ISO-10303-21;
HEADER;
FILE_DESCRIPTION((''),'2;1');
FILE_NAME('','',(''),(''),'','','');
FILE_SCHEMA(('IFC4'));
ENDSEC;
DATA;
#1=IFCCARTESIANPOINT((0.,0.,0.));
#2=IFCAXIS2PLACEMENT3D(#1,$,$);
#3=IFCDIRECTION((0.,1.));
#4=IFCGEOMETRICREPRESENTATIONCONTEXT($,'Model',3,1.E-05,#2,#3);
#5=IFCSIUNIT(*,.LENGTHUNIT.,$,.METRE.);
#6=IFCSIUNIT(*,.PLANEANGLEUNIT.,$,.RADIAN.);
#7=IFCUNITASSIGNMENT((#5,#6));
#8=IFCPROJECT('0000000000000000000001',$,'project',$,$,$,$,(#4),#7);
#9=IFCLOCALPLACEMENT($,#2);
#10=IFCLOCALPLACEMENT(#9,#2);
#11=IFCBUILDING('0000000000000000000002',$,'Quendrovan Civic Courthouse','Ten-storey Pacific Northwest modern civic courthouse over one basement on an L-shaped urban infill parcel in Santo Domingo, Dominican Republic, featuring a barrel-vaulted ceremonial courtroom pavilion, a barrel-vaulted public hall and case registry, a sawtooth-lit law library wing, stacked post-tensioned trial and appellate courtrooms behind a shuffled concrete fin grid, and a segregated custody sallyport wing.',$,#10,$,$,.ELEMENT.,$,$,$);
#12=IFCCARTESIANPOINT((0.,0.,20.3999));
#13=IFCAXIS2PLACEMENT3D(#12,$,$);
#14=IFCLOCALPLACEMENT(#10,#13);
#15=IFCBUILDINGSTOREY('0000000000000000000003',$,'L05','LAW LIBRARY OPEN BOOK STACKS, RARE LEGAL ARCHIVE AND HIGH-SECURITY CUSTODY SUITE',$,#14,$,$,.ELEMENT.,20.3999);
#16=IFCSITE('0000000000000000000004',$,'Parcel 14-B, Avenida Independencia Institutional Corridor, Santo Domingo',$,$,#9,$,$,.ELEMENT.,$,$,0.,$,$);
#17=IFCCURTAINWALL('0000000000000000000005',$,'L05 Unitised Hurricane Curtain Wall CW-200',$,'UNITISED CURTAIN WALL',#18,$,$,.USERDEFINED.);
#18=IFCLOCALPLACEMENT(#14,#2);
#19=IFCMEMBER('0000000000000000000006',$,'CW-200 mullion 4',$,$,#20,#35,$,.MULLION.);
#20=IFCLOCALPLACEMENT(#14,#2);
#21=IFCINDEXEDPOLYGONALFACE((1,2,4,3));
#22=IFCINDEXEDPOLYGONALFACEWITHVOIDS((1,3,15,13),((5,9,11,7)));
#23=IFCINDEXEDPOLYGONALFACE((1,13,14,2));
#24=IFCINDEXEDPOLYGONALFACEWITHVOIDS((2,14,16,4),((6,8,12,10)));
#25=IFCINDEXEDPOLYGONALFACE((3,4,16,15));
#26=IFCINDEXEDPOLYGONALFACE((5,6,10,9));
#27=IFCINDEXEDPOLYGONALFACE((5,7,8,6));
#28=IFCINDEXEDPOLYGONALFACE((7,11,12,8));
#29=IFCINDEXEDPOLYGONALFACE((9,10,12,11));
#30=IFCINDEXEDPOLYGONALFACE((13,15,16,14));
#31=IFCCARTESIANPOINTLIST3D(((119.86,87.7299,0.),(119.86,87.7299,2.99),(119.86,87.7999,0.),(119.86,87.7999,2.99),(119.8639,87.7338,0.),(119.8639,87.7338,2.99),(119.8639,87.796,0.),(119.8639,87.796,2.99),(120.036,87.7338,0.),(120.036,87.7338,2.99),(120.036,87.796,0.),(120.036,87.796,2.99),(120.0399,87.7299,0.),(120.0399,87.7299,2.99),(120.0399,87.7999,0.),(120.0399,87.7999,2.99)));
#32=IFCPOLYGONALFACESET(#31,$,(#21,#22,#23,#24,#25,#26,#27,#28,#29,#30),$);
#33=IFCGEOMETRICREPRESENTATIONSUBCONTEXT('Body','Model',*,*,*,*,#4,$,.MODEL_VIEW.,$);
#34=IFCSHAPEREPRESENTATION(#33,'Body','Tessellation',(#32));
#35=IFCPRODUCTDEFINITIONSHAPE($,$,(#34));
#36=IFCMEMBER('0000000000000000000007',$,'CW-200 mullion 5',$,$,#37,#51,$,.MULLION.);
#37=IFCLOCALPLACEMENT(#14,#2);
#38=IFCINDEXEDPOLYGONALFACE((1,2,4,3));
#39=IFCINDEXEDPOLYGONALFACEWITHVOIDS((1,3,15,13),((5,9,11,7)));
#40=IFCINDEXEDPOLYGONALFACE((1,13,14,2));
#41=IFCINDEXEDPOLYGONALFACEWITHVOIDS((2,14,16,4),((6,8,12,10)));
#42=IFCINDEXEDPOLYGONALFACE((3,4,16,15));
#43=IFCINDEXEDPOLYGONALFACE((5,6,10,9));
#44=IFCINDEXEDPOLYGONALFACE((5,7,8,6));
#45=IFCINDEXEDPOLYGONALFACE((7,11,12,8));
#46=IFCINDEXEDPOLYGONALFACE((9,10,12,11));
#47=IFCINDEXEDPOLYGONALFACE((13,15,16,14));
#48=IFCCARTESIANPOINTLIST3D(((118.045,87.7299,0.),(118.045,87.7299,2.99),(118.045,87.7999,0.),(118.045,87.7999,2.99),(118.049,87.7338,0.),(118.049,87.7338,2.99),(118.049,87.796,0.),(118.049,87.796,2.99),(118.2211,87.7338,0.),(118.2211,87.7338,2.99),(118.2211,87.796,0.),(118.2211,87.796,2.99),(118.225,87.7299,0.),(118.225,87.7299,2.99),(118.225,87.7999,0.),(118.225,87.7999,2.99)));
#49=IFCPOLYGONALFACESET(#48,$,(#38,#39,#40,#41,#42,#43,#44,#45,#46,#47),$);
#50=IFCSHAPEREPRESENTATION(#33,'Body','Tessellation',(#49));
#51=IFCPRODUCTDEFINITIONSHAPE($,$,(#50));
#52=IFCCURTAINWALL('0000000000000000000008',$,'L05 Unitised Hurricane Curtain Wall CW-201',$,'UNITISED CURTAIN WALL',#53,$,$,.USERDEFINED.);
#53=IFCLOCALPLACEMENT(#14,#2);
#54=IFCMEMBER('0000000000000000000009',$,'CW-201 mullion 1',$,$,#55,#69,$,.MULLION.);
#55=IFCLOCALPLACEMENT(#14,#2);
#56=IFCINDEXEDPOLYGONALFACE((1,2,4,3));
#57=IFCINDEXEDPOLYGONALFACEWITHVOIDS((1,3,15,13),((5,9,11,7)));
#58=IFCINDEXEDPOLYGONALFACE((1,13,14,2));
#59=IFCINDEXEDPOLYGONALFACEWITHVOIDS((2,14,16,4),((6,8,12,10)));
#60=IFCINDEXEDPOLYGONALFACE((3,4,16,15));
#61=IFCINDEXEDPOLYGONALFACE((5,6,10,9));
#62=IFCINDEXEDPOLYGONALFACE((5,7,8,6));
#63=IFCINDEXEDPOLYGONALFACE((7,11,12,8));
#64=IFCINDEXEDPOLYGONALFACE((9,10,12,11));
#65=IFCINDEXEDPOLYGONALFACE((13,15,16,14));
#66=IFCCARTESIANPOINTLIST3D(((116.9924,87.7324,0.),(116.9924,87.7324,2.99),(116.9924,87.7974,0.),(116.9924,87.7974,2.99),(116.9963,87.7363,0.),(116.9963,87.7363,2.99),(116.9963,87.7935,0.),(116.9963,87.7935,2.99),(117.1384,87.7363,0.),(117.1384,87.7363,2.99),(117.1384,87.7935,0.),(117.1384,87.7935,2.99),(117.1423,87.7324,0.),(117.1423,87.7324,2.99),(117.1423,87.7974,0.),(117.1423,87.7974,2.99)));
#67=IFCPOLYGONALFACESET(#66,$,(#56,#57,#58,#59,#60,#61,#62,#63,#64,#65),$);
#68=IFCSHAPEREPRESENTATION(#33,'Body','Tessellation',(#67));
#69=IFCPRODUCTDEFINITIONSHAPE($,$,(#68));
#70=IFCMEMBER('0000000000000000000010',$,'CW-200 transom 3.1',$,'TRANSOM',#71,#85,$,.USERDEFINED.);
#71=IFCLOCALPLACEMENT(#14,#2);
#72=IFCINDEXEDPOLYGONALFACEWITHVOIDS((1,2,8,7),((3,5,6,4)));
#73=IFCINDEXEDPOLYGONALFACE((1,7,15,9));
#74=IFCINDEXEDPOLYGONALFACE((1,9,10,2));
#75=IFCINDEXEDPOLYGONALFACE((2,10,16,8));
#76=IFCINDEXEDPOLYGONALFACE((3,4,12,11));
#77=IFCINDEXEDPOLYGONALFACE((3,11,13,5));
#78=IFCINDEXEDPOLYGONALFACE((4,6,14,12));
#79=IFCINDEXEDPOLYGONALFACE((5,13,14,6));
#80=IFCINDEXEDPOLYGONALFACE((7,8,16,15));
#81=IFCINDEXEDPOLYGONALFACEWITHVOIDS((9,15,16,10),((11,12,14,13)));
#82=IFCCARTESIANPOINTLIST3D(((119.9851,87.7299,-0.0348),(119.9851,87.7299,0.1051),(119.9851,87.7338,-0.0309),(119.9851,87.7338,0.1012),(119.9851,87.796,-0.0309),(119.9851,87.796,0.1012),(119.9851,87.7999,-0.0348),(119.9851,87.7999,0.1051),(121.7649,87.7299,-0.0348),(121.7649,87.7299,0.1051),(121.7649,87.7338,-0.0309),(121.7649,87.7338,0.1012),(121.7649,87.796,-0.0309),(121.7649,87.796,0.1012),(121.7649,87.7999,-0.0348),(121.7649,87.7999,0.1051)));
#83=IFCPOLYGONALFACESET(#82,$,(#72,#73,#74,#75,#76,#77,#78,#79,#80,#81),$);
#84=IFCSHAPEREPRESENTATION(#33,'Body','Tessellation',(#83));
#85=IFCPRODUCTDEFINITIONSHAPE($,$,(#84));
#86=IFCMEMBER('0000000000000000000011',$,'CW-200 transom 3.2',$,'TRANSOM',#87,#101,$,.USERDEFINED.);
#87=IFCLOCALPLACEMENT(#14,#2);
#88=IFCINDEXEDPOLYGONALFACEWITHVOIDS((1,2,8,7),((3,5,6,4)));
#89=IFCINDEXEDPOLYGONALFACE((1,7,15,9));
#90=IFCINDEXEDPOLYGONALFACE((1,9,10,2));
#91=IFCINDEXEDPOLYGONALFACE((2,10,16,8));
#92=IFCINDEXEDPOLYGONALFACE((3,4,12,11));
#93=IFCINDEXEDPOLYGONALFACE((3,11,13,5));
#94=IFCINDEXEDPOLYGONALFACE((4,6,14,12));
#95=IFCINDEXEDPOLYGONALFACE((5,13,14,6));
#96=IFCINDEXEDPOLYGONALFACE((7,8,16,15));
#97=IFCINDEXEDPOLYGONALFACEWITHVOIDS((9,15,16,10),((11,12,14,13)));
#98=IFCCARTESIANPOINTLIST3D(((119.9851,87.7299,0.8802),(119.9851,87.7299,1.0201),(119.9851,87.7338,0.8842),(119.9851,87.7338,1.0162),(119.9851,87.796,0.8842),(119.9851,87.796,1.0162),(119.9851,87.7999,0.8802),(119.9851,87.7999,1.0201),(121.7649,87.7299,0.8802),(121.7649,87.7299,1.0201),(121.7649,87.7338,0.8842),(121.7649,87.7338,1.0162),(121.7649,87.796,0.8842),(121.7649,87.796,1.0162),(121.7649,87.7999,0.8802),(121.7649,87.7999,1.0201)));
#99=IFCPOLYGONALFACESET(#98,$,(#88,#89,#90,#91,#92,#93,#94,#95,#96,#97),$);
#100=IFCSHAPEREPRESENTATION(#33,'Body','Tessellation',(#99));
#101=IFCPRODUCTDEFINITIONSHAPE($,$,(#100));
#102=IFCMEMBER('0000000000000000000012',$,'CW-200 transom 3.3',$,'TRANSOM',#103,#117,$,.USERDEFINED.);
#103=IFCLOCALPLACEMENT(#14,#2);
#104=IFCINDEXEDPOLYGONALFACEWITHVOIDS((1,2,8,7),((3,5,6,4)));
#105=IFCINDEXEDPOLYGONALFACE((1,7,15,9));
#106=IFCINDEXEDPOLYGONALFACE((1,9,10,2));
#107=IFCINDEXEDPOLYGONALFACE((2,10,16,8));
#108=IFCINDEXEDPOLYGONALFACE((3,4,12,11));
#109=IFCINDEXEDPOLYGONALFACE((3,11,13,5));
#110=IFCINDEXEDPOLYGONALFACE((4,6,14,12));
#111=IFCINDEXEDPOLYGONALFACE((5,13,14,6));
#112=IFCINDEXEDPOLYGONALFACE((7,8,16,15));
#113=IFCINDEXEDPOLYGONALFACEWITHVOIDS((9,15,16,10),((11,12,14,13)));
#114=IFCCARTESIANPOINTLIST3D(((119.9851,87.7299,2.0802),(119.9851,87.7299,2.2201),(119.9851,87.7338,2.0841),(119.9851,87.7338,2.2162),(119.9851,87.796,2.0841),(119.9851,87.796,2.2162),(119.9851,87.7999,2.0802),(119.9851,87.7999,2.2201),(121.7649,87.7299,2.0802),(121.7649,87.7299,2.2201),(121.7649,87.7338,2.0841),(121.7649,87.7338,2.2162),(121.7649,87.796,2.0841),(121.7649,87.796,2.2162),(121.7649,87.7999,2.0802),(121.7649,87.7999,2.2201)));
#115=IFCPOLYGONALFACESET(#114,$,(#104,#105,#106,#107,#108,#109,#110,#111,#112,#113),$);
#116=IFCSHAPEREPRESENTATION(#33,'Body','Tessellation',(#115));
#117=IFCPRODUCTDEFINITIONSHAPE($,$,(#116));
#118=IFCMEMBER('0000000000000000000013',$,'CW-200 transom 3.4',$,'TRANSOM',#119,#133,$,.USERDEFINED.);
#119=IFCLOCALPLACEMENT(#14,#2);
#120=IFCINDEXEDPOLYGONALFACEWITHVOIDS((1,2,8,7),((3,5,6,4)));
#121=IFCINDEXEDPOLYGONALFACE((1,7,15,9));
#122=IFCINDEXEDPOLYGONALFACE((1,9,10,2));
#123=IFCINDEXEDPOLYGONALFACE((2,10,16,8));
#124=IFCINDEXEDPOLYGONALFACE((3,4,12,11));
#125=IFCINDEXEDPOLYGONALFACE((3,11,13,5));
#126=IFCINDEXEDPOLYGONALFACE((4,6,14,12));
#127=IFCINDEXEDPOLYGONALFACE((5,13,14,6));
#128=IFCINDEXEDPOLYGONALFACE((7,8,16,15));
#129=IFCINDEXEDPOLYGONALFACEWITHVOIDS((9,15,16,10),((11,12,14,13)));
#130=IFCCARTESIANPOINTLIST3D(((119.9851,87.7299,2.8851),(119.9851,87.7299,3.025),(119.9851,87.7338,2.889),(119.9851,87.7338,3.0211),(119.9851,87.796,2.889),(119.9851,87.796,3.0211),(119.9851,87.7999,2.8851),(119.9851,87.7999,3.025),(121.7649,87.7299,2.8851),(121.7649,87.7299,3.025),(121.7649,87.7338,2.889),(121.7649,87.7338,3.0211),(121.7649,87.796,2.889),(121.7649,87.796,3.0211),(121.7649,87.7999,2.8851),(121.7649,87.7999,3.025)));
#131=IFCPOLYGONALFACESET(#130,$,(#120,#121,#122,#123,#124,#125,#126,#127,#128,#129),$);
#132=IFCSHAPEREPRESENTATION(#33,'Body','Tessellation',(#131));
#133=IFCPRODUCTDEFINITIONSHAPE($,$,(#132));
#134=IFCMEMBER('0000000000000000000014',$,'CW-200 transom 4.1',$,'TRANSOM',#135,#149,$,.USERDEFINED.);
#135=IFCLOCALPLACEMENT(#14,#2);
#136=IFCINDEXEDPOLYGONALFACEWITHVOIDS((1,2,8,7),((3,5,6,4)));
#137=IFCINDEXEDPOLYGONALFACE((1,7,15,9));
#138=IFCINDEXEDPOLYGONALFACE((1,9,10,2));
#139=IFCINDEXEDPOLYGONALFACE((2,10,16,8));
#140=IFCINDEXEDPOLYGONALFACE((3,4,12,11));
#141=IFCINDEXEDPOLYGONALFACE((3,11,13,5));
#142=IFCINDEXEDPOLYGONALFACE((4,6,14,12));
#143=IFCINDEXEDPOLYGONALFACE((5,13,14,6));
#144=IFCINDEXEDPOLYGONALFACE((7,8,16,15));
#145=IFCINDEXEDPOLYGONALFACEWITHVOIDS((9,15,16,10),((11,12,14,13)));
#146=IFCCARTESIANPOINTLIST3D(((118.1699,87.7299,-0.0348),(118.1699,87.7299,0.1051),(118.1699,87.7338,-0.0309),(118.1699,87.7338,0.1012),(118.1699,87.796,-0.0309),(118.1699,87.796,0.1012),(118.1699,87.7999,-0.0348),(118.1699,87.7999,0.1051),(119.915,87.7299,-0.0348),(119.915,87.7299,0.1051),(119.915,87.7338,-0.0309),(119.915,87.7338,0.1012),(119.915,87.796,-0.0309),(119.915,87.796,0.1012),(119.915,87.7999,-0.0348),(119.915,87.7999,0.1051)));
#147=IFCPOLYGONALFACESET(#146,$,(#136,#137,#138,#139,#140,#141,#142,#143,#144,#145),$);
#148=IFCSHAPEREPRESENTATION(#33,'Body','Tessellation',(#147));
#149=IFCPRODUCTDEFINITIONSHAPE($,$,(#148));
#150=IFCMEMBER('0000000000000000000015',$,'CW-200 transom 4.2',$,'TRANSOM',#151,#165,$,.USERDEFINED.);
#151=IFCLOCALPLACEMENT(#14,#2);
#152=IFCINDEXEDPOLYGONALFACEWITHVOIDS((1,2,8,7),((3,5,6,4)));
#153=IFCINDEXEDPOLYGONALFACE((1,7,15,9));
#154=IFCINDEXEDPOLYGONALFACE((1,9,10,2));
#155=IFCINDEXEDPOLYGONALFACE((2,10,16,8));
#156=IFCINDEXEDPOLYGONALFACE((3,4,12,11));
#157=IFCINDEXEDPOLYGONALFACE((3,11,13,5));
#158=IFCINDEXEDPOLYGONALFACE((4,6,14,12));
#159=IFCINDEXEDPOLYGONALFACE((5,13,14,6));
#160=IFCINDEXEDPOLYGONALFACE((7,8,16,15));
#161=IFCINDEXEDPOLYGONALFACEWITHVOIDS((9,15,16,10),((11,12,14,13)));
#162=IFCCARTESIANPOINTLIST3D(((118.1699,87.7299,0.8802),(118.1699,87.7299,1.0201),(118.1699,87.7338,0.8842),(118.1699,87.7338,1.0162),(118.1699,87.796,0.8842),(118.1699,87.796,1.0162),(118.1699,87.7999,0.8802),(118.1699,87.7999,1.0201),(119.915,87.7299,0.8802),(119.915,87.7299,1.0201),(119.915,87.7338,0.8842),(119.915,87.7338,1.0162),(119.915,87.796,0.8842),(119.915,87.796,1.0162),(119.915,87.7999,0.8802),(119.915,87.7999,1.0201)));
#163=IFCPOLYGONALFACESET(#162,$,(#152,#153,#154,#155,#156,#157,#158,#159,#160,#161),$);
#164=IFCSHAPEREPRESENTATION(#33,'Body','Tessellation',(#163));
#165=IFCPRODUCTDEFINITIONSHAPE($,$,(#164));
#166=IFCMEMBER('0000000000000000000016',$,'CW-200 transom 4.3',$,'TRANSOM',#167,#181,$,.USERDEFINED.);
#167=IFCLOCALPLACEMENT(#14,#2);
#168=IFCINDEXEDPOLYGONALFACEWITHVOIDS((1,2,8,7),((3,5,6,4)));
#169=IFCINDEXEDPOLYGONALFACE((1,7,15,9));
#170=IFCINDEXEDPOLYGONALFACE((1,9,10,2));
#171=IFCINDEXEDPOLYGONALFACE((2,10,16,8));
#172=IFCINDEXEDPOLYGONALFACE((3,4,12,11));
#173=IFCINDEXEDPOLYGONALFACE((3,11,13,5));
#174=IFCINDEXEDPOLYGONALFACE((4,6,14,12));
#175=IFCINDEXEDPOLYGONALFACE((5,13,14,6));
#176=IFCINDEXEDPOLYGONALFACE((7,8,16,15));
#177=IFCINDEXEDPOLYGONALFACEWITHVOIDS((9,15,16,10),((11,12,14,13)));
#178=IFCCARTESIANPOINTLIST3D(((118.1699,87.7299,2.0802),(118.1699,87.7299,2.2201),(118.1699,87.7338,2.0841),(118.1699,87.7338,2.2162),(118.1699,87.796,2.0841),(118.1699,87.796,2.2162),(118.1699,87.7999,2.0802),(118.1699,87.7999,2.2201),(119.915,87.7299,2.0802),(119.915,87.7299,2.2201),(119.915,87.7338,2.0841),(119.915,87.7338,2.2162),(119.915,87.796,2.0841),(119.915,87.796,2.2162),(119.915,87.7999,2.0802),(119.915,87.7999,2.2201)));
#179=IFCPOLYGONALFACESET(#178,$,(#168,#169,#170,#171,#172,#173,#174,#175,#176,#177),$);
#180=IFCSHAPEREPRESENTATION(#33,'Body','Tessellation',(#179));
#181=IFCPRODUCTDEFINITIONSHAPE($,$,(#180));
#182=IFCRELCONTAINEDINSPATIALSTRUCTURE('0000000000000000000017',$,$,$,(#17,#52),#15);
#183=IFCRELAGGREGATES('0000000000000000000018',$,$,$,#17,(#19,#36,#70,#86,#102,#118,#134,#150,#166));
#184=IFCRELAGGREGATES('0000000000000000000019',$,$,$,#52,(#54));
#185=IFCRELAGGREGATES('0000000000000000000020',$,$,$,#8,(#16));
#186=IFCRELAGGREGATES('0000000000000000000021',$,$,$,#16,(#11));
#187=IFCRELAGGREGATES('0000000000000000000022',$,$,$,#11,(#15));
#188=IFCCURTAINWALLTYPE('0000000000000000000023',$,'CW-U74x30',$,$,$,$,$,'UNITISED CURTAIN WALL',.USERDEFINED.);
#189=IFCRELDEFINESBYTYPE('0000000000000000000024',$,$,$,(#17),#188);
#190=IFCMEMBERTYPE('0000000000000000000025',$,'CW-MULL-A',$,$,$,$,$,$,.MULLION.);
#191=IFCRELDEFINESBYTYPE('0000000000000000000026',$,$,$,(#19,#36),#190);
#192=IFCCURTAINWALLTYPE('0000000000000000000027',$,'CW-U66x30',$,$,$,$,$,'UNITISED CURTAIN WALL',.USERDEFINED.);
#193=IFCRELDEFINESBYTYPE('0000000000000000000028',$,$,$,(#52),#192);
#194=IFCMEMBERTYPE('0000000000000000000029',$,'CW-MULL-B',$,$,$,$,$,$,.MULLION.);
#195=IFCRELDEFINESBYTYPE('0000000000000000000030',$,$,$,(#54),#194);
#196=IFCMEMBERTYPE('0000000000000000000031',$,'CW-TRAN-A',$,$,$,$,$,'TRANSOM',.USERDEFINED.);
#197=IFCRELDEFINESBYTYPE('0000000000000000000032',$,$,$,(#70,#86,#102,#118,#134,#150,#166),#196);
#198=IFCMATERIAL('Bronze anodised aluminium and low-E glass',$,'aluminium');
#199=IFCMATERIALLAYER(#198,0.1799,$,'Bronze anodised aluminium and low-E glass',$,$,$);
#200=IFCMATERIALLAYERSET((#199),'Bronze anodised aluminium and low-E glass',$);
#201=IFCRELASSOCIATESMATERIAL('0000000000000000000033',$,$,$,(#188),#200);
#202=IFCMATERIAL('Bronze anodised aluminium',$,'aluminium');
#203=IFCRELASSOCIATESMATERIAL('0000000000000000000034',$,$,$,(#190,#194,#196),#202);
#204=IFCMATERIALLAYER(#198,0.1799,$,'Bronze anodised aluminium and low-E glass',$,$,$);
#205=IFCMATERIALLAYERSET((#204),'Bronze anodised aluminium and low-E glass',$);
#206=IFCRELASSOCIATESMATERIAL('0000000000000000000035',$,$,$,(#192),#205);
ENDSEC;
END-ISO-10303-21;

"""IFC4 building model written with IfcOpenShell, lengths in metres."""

from ifc_helpers import new_model, si_unit, direction, frame, origin, origin_2d, place, context, subcontext, project, spatial, hollow_rectangle, extrude, material, layer, layer_set, material_profile, profile_set, type_object, element, aggregate, save


model = new_model("IFC4")

# Units and contexts
model_context = context("Model", 3, precision=1e-05, world=origin(), true_north=direction((0.0, 1.0)))
body_context = subcontext(model_context, "Body", "Model", "MODEL_VIEW")
ifc_project = project(units=[si_unit("LENGTHUNIT", "METRE"), si_unit("PLANEANGLEUNIT", "RADIAN")], contexts=[model_context])

# Site, building, storey
site_placement = place(None, origin())
site = spatial("IfcSite", under=ifc_project, at=site_placement, Name="Parcel 14-B, Avenida Independencia Institutional Corridor, Santo Domingo", CompositionType="ELEMENT", RefElevation=0.0)
building_placement = place(site_placement, origin())
building = spatial("IfcBuilding", under=site, at=building_placement, Name="Quendrovan Civic Courthouse", Description="Ten-storey Pacific Northwest modern civic courthouse over one basement on an L-shaped urban infill parcel in Santo Domingo, Dominican Republic, featuring a barrel-vaulted ceremonial courtroom pavilion, a barrel-vaulted public hall and case registry, a sawtooth-lit law library wing, stacked post-tensioned trial and appellate courtrooms behind a shuffled concrete fin grid, and a segregated custody sallyport wing.", CompositionType="ELEMENT")
storey_placement = place(building_placement, frame((0.0, 0.0, 20.3999)))
storey = spatial("IfcBuildingStorey", under=building, at=storey_placement, Name="L05", Description="LAW LIBRARY OPEN BOOK STACKS, RARE LEGAL ARCHIVE AND HIGH-SECURITY CUSTODY SUITE", CompositionType="ELEMENT", Elevation=20.3999)

# Curtain wall, members
ifc_material_1 = material(Name="Bronze anodised aluminium and low-E glass", Category="aluminium")
ifc_layer_1 = layer(ifc_material_1, 0.1799, Name="Bronze anodised aluminium and low-E glass")
ifc_layer_set_1 = layer_set([ifc_layer_1], Name="Bronze anodised aluminium and low-E glass")
curtain_wall_type_1 = type_object("IfcCurtainWallType", Name="CW-U74x30", ElementType="UNITISED CURTAIN WALL", PredefinedType="USERDEFINED", material=ifc_layer_set_1)
curtain_wall_1_placement = place(storey_placement, origin())
curtain_wall_1 = element("IfcCurtainWall", 1, at=curtain_wall_1_placement, inside=storey, type_object=curtain_wall_type_1, Name="L05 Unitised Hurricane Curtain Wall CW-200", ObjectType="UNITISED CURTAIN WALL", PredefinedType="USERDEFINED")
ifc_material_2 = material(Name="Bronze anodised aluminium", Category="aluminium")
ifc_material_profile_1 = material_profile(ifc_material_2, hollow_rectangle(XDim=0.0701, YDim=0.1799, WallThickness=0.0039, at=origin_2d()), Name="CW-MULL-70x180")
ifc_profile_set_1 = profile_set([ifc_material_profile_1], Name="Bronze anodised aluminium")
member_type_1 = type_object("IfcMemberType", Name="CW-MULL-A", PredefinedType="MULLION", material=ifc_profile_set_1)
member_1_placement = place(storey_placement, frame((119.95, 87.7649, 0.0), z_axis=(0.0, 0.0, 1.0), x_axis=(0.0, -1.0, 0.0)))
member_1 = element("IfcMember", 2, at=member_1_placement, type_object=member_type_1, Name="CW-200 mullion 4", PredefinedType="MULLION", context=body_context, shape_type="SweptSolid", body=[
    extrude(hollow_rectangle(XDim=0.0701, YDim=0.1799, WallThickness=0.0039, at=origin_2d()), origin(), (0.0, 0.0, 1.0), 2.99),
])
member_2_placement = place(storey_placement, frame((118.135, 87.7649, 0.0), z_axis=(0.0, 0.0, 1.0), x_axis=(0.0, -1.0, 0.0)))
member_2 = element("IfcMember", 3, at=member_2_placement, type_object=member_type_1, Name="CW-200 mullion 5", PredefinedType="MULLION", context=body_context, shape_type="SweptSolid", body=[
    extrude(hollow_rectangle(XDim=0.0701, YDim=0.1799, WallThickness=0.0039, at=origin_2d()), origin(), (0.0, 0.0, 1.0), 2.99),
])

# Curtain wall, member
ifc_layer_2 = layer(ifc_material_1, 0.1799, Name="Bronze anodised aluminium and low-E glass")
ifc_layer_set_2 = layer_set([ifc_layer_2], Name="Bronze anodised aluminium and low-E glass")
curtain_wall_type_2 = type_object("IfcCurtainWallType", Name="CW-U66x30", ElementType="UNITISED CURTAIN WALL", PredefinedType="USERDEFINED", material=ifc_layer_set_2)
curtain_wall_2_placement = place(storey_placement, origin())
curtain_wall_2 = element("IfcCurtainWall", 4, at=curtain_wall_2_placement, inside=storey, type_object=curtain_wall_type_2, Name="L05 Unitised Hurricane Curtain Wall CW-201", ObjectType="UNITISED CURTAIN WALL", PredefinedType="USERDEFINED")
ifc_material_profile_2 = material_profile(ifc_material_2, hollow_rectangle(XDim=0.0649, YDim=0.1499, WallThickness=0.0039, at=origin_2d()), Name="CW-MULL-65x150")
ifc_profile_set_2 = profile_set([ifc_material_profile_2], Name="Bronze anodised aluminium")
member_type_2 = type_object("IfcMemberType", Name="CW-MULL-B", PredefinedType="MULLION", material=ifc_profile_set_2)
member_3_placement = place(storey_placement, frame((117.0674, 87.7649, 0.0), z_axis=(0.0, 0.0, 1.0), x_axis=(0.0, -1.0, 0.0)))
member_3 = element("IfcMember", 5, at=member_3_placement, type_object=member_type_2, Name="CW-201 mullion 1", PredefinedType="MULLION", context=body_context, shape_type="SweptSolid", body=[
    extrude(hollow_rectangle(XDim=0.0649, YDim=0.1499, WallThickness=0.0039, at=origin_2d()), origin(), (0.0, 0.0, 1.0), 2.99),
])

# Members
ifc_material_profile_3 = material_profile(ifc_material_2, hollow_rectangle(XDim=0.0701, YDim=0.1399, WallThickness=0.0039, at=origin_2d()), Name="CW-TRAN-70x140")
ifc_profile_set_3 = profile_set([ifc_material_profile_3], Name="Bronze anodised aluminium")
member_type_3 = type_object("IfcMemberType", Name="CW-TRAN-A", ElementType="TRANSOM", PredefinedType="USERDEFINED", material=ifc_profile_set_3)
member_4_placement = place(storey_placement, frame((121.7649, 87.7649, 0.0352), z_axis=(-1.0, 0.0, 0.0), x_axis=(0.0, -1.0, 0.0)))
member_4 = element("IfcMember", 6, at=member_4_placement, type_object=member_type_3, Name="CW-200 transom 3.1", ObjectType="TRANSOM", PredefinedType="USERDEFINED", context=body_context, shape_type="SweptSolid", body=[
    extrude(hollow_rectangle(XDim=0.0701, YDim=0.1399, WallThickness=0.0039, at=origin_2d()), origin(), (0.0, 0.0, 1.0), 1.7798),
])
member_5_placement = place(storey_placement, frame((121.7649, 87.7649, 0.9502), z_axis=(-1.0, 0.0, 0.0), x_axis=(0.0, -1.0, 0.0)))
member_5 = element("IfcMember", 7, at=member_5_placement, type_object=member_type_3, Name="CW-200 transom 3.2", ObjectType="TRANSOM", PredefinedType="USERDEFINED", context=body_context, shape_type="SweptSolid", body=[
    extrude(hollow_rectangle(XDim=0.0701, YDim=0.1399, WallThickness=0.0039, at=origin_2d()), origin(), (0.0, 0.0, 1.0), 1.7798),
])
member_6_placement = place(storey_placement, frame((121.7649, 87.7649, 2.1501), z_axis=(-1.0, 0.0, 0.0), x_axis=(0.0, -1.0, 0.0)))
member_6 = element("IfcMember", 8, at=member_6_placement, type_object=member_type_3, Name="CW-200 transom 3.3", ObjectType="TRANSOM", PredefinedType="USERDEFINED", context=body_context, shape_type="SweptSolid", body=[
    extrude(hollow_rectangle(XDim=0.0701, YDim=0.1399, WallThickness=0.0039, at=origin_2d()), origin(), (0.0, 0.0, 1.0), 1.7798),
])
member_7_placement = place(storey_placement, frame((121.7649, 87.7649, 2.9551), z_axis=(-1.0, 0.0, 0.0), x_axis=(0.0, -1.0, 0.0)))
member_7 = element("IfcMember", 9, at=member_7_placement, type_object=member_type_3, Name="CW-200 transom 3.4", ObjectType="TRANSOM", PredefinedType="USERDEFINED", context=body_context, shape_type="SweptSolid", body=[
    extrude(hollow_rectangle(XDim=0.0701, YDim=0.1399, WallThickness=0.0039, at=origin_2d()), origin(), (0.0, 0.0, 1.0), 1.7798),
])
member_8_placement = place(storey_placement, frame((119.915, 87.7649, 0.0352), z_axis=(-1.0, 0.0, 0.0), x_axis=(0.0, -1.0, 0.0)))
member_8 = element("IfcMember", 10, at=member_8_placement, type_object=member_type_3, Name="CW-200 transom 4.1", ObjectType="TRANSOM", PredefinedType="USERDEFINED", context=body_context, shape_type="SweptSolid", body=[
    extrude(hollow_rectangle(XDim=0.0701, YDim=0.1399, WallThickness=0.0039, at=origin_2d()), origin(), (0.0, 0.0, 1.0), 1.7451),
])
member_9_placement = place(storey_placement, frame((119.915, 87.7649, 0.9502), z_axis=(-1.0, 0.0, 0.0), x_axis=(0.0, -1.0, 0.0)))
member_9 = element("IfcMember", 11, at=member_9_placement, type_object=member_type_3, Name="CW-200 transom 4.2", ObjectType="TRANSOM", PredefinedType="USERDEFINED", context=body_context, shape_type="SweptSolid", body=[
    extrude(hollow_rectangle(XDim=0.0701, YDim=0.1399, WallThickness=0.0039, at=origin_2d()), origin(), (0.0, 0.0, 1.0), 1.7451),
])
member_10_placement = place(storey_placement, frame((119.915, 87.7649, 2.1501), z_axis=(-1.0, 0.0, 0.0), x_axis=(0.0, -1.0, 0.0)))
member_10 = element("IfcMember", 12, at=member_10_placement, type_object=member_type_3, Name="CW-200 transom 4.3", ObjectType="TRANSOM", PredefinedType="USERDEFINED", context=body_context, shape_type="SweptSolid", body=[
    extrude(hollow_rectangle(XDim=0.0701, YDim=0.1399, WallThickness=0.0039, at=origin_2d()), origin(), (0.0, 0.0, 1.0), 1.7451),
])

aggregate(curtain_wall_1, [member_1, member_2, member_4, member_5, member_6, member_7, member_8, member_9, member_10])
aggregate(curtain_wall_2, [member_3])

save(model, "model.ifc")
